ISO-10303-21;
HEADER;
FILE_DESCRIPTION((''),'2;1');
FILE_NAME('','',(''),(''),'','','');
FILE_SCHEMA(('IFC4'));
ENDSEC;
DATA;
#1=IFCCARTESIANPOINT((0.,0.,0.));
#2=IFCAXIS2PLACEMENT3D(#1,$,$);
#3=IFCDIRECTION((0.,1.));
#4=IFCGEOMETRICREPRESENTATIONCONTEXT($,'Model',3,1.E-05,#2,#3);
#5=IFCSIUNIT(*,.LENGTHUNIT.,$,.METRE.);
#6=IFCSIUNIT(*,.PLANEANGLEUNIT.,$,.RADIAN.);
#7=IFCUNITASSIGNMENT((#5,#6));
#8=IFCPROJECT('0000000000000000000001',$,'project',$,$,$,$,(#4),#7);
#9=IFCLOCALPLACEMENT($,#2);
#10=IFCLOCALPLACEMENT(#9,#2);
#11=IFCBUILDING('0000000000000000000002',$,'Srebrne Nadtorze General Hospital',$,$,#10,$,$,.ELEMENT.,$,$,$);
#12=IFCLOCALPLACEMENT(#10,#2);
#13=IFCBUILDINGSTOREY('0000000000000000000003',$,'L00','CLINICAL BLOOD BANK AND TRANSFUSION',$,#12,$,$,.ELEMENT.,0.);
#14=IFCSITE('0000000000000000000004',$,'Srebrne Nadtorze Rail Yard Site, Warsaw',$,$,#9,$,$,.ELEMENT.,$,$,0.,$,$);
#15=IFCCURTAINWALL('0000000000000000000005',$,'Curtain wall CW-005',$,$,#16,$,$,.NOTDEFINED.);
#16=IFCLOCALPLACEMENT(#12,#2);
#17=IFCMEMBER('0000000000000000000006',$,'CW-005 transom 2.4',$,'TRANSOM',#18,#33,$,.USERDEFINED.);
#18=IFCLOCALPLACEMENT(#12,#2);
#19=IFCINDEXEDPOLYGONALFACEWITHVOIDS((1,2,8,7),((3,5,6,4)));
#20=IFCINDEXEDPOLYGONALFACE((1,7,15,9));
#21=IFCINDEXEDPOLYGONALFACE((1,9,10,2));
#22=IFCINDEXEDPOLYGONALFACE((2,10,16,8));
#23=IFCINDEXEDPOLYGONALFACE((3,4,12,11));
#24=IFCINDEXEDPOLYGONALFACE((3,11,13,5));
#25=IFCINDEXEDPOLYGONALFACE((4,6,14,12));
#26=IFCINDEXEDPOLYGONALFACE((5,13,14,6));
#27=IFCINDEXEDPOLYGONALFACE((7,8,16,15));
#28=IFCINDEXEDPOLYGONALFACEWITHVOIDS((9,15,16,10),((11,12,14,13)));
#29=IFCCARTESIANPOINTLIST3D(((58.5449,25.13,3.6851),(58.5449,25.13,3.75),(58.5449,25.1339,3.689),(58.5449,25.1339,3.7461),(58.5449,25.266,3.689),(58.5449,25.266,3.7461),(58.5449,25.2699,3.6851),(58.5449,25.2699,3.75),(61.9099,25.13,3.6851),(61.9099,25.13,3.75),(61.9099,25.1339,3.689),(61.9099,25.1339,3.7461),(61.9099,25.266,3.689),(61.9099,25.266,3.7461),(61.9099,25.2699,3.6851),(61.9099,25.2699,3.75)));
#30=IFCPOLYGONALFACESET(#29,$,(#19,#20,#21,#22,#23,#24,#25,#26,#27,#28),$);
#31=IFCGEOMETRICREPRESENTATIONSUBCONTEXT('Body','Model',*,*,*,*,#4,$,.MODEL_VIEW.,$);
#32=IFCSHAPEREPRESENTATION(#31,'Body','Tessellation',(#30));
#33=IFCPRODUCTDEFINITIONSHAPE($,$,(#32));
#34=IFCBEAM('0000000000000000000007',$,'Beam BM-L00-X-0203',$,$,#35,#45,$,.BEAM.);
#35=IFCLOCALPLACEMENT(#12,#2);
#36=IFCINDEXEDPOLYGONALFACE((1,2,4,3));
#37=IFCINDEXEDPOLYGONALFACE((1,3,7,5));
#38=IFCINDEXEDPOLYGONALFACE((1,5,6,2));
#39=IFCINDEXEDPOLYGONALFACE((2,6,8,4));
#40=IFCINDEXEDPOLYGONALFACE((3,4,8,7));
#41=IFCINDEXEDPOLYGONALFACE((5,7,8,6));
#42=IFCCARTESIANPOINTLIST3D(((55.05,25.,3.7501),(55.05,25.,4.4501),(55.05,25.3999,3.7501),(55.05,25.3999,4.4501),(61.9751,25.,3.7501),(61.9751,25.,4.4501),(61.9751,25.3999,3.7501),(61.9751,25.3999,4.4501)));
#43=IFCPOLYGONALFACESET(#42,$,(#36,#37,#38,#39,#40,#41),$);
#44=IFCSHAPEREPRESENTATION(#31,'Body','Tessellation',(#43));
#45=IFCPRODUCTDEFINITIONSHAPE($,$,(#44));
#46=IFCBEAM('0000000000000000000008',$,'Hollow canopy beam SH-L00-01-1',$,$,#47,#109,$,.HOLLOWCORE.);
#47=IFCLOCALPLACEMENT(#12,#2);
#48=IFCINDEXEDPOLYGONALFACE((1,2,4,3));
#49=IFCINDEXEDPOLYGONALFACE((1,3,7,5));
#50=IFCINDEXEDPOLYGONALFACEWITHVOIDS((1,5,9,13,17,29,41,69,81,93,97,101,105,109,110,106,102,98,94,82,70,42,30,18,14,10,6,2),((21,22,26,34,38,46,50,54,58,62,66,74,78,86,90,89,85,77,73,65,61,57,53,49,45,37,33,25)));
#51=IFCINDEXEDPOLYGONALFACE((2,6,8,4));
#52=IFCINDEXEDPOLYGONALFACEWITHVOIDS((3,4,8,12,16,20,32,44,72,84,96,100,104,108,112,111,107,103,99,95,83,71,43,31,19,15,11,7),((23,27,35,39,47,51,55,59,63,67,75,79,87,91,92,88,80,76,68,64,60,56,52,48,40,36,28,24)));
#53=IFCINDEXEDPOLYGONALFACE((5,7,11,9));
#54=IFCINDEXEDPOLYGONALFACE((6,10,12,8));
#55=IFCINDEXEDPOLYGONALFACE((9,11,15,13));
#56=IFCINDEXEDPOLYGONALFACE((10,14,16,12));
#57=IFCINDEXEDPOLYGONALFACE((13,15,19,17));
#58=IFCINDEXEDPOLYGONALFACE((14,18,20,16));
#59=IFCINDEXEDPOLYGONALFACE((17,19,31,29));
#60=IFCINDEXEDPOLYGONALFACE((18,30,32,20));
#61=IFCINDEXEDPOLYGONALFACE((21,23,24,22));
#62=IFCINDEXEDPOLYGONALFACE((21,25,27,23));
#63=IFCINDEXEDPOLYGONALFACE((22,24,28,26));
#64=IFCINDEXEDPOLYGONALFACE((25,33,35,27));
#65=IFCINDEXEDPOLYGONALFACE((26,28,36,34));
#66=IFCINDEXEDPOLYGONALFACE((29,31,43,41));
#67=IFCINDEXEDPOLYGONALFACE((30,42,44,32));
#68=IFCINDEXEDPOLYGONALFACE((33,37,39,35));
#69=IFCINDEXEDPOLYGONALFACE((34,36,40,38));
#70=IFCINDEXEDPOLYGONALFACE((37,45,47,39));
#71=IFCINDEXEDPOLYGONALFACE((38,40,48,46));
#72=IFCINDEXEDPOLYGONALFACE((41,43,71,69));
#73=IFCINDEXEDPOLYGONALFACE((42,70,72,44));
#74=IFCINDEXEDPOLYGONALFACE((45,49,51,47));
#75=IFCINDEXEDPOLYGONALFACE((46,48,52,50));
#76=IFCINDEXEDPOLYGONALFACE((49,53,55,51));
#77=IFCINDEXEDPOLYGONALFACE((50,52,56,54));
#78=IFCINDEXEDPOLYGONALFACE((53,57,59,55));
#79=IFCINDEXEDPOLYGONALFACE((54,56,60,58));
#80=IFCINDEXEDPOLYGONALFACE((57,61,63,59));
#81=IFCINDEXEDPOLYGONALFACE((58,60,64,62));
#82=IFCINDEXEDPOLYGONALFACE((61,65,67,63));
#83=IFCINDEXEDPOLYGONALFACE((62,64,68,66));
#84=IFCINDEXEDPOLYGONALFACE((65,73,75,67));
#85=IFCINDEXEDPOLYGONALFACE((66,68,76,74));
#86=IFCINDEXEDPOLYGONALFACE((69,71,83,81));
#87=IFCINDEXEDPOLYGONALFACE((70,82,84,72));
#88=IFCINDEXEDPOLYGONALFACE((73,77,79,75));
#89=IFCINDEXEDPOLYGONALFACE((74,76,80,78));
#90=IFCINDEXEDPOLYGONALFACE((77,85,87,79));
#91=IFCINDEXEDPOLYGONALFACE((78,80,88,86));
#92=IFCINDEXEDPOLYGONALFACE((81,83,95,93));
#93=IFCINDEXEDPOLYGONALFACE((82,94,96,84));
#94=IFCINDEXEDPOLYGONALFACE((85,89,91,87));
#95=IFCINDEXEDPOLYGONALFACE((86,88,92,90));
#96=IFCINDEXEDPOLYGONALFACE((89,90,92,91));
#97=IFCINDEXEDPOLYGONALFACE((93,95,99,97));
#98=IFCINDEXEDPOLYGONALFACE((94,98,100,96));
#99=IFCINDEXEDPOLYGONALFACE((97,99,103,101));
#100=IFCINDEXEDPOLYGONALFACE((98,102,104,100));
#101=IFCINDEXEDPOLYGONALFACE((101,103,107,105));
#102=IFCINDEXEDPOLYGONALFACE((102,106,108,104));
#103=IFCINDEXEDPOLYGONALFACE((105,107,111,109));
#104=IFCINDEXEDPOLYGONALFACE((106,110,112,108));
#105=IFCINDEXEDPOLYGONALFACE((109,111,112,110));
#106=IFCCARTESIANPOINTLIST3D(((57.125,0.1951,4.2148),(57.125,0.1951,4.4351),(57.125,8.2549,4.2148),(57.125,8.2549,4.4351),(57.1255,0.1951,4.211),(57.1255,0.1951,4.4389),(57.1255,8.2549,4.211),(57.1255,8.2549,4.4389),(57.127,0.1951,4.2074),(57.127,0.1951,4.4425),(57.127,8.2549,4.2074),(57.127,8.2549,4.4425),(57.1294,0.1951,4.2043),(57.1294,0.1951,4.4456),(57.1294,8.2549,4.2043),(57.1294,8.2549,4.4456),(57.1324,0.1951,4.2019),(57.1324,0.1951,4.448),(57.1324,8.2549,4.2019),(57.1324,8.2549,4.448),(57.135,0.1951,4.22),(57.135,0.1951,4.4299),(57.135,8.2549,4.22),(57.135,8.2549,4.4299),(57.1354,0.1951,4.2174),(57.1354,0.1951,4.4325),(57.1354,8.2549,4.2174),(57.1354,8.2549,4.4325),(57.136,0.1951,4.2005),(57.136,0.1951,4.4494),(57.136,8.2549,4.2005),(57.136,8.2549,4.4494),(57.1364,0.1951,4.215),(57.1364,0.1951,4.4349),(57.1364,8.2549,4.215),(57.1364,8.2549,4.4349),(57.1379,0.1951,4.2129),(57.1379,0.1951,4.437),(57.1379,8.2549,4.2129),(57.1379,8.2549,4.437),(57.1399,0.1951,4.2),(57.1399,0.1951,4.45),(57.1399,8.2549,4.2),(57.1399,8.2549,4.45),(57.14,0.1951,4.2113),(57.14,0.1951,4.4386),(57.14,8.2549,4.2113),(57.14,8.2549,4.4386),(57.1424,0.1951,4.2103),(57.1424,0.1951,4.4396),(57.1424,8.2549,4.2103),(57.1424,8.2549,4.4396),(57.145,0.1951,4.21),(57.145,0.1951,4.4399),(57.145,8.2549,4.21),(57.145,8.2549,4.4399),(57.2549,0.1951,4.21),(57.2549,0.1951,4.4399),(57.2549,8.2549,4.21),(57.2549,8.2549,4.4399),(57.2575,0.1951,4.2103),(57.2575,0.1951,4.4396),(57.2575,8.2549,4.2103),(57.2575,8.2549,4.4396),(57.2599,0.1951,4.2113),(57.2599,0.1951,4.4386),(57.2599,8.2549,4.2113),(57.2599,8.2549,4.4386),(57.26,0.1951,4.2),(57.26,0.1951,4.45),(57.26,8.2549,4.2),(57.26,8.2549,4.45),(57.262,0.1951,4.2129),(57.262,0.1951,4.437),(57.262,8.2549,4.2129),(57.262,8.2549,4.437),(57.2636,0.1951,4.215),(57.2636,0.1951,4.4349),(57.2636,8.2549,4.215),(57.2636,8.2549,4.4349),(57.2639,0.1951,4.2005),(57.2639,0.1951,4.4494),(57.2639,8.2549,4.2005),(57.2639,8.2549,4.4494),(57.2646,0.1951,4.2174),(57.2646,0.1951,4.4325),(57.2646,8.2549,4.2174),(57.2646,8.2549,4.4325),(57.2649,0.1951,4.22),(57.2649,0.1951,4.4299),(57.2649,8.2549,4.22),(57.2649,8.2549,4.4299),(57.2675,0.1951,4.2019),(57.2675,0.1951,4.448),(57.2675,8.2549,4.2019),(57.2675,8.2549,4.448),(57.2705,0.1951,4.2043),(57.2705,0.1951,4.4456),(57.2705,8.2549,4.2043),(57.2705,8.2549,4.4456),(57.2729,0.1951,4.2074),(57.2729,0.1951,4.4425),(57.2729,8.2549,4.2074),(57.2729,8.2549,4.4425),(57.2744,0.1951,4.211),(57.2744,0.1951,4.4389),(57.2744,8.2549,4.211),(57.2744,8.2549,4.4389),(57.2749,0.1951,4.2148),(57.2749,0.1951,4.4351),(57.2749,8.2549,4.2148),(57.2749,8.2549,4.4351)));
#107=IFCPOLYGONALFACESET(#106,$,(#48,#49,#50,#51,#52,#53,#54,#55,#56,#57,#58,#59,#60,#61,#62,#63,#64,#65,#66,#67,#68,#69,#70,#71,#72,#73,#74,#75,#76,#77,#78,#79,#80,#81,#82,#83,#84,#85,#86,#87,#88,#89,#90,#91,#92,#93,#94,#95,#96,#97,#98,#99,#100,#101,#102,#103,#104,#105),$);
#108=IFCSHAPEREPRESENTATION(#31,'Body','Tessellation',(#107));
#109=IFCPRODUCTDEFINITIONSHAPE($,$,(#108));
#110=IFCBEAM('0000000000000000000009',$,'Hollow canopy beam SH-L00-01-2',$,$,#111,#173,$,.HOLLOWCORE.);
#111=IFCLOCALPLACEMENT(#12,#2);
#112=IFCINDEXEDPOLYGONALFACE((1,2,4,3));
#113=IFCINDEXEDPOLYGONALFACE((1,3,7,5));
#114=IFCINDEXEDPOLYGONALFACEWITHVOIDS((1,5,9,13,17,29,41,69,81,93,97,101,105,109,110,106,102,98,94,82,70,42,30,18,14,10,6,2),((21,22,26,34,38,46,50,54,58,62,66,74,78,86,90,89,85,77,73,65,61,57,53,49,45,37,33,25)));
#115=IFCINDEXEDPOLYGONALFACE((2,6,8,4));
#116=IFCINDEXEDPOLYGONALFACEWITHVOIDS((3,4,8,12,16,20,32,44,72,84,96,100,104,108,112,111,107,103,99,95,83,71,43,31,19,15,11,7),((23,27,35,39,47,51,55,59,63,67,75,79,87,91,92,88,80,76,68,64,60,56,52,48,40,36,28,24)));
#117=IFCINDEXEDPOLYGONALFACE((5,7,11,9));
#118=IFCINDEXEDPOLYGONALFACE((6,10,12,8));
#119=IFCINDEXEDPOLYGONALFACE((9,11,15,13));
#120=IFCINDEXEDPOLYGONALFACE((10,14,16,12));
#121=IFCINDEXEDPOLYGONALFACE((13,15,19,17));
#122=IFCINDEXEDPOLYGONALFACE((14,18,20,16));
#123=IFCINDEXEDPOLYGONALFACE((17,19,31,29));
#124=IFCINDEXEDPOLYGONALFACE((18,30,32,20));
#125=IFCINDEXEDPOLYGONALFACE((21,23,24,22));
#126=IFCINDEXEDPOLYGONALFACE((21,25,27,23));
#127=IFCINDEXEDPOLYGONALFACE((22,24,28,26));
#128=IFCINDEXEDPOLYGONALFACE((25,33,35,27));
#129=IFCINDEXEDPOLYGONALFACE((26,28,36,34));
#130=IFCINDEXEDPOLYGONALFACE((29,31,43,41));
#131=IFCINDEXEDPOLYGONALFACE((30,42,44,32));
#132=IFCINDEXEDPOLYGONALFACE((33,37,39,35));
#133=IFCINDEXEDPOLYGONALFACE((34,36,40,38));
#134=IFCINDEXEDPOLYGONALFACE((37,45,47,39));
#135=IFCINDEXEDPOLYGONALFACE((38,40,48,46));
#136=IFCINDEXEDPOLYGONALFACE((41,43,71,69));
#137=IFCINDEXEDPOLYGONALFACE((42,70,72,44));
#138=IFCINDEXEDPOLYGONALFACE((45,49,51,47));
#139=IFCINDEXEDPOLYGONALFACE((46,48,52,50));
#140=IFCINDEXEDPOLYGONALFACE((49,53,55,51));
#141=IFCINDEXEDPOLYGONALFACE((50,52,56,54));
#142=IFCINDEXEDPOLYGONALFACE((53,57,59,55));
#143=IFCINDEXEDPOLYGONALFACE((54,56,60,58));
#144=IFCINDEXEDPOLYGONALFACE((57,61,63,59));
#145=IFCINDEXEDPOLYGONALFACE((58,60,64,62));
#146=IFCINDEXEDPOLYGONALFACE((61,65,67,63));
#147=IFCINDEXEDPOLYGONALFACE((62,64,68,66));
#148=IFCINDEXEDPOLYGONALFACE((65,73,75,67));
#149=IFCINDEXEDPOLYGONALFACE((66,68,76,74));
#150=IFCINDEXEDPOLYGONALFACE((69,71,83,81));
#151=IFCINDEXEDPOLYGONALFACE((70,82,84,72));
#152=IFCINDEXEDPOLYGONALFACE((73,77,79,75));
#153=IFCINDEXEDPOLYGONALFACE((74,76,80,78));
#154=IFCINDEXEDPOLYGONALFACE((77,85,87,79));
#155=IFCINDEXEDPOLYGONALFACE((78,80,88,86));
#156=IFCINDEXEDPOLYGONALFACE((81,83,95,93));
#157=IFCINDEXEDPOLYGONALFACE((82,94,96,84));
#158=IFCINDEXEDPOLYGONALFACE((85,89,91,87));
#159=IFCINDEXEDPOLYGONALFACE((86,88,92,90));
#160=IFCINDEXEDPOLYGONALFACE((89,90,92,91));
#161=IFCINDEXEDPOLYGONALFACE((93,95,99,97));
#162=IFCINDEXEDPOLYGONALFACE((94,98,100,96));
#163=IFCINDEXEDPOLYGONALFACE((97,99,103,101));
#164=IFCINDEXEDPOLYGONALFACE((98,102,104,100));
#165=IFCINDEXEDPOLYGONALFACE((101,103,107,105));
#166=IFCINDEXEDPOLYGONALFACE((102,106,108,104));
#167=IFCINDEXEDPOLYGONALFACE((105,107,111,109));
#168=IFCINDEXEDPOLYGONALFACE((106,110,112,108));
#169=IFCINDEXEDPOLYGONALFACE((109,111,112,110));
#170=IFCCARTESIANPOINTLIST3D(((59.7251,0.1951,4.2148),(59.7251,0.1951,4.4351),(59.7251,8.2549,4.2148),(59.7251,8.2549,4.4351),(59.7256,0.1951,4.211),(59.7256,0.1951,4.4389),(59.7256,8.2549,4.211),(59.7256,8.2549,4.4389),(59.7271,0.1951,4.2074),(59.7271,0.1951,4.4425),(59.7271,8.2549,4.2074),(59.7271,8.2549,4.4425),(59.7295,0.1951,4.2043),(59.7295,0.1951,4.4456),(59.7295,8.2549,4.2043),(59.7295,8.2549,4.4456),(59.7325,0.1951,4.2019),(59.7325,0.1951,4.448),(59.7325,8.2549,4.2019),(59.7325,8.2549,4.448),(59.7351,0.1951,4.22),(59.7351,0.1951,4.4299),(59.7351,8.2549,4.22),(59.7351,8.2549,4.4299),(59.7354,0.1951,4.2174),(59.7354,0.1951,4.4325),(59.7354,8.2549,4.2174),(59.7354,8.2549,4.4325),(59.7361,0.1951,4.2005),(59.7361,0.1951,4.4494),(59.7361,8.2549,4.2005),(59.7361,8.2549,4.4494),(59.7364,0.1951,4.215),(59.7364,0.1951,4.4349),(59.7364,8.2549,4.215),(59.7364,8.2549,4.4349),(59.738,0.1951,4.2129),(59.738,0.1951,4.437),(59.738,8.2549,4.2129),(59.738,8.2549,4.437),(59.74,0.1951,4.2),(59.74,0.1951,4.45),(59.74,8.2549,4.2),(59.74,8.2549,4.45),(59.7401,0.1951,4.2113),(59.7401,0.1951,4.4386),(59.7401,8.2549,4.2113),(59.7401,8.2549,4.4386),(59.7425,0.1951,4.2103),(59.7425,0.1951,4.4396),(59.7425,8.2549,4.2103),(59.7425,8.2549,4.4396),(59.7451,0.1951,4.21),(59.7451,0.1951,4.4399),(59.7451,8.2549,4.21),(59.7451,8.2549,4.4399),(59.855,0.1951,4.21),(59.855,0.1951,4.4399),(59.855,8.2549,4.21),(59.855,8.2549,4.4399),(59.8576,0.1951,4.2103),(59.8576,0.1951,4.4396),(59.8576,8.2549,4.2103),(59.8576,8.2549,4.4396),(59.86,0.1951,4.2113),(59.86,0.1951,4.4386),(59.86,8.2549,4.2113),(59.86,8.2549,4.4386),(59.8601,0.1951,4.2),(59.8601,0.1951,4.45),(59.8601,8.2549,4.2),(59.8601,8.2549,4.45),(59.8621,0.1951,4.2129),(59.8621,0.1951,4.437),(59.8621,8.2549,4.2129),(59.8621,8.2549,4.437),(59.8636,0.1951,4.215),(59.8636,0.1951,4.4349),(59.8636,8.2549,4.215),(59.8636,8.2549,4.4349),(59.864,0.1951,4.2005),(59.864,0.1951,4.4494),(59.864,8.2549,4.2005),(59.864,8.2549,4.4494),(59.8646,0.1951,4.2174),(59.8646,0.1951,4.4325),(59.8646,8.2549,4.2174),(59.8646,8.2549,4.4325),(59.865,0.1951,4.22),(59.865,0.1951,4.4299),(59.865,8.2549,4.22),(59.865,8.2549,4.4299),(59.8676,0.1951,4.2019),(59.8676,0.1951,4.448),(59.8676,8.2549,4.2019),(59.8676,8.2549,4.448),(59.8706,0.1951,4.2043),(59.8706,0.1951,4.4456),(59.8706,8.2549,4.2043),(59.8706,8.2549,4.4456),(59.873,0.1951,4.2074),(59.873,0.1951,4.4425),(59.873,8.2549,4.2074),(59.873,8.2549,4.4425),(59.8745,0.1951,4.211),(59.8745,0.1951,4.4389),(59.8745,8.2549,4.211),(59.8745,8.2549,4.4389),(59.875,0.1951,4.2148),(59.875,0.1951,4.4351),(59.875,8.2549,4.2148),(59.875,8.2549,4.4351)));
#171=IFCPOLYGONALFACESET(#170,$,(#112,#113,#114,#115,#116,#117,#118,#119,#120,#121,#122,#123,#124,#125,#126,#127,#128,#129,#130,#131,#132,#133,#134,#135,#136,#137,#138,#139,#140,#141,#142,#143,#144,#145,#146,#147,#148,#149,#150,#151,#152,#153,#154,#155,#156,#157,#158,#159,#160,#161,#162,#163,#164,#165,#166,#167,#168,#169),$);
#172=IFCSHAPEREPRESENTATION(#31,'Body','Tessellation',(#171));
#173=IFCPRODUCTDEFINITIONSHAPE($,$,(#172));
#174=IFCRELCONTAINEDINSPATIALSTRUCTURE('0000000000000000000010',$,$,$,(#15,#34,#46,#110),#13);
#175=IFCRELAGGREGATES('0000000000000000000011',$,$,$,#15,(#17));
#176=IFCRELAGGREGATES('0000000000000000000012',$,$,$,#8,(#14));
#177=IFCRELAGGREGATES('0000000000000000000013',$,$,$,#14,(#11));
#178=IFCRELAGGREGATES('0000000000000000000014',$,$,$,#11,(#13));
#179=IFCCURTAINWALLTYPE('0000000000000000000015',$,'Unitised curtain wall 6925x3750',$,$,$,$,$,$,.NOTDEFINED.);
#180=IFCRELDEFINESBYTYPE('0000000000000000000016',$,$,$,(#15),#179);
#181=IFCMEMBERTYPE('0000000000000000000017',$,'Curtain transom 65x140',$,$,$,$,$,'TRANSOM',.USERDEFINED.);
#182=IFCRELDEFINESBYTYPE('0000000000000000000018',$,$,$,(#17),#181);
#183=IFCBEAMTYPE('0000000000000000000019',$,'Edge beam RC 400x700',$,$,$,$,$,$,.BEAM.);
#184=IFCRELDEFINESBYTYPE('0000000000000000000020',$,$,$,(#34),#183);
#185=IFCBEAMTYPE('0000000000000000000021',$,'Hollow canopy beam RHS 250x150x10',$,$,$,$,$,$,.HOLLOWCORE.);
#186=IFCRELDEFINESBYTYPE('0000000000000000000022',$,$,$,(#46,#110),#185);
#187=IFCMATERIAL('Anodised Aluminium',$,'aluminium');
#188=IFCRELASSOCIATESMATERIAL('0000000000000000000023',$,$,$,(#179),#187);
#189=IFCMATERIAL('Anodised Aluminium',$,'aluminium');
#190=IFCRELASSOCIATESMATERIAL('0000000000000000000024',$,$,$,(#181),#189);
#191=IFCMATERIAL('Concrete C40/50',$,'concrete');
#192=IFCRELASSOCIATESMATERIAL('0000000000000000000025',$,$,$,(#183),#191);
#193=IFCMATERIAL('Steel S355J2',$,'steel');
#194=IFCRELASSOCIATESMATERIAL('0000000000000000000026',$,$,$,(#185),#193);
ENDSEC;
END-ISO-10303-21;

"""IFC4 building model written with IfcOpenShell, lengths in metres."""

from ifc_helpers import new_model, si_unit, direction, frame, origin, origin_2d, place, context, subcontext, project, spatial, rectangle, hollow_rectangle, extrude, material, material_profile, profile_set, type_object, element, aggregate, save


model = new_model("IFC4")

# Units and contexts
model_context = context("Model", 3, precision=1e-05, world=origin(), true_north=direction((0.0, 1.0)))
body_context = subcontext(model_context, "Body", "Model", "MODEL_VIEW")
ifc_project = project(units=[si_unit("LENGTHUNIT", "METRE"), si_unit("PLANEANGLEUNIT", "RADIAN")], contexts=[model_context])

# Site, building, storey
site_placement = place(None, origin())
site = spatial("IfcSite", under=ifc_project, at=site_placement, Name="Srebrne Nadtorze Rail Yard Site, Warsaw", CompositionType="ELEMENT", RefElevation=0.0)
building_placement = place(site_placement, origin())
building = spatial("IfcBuilding", under=site, at=building_placement, Name="Srebrne Nadtorze General Hospital", CompositionType="ELEMENT")
storey_placement = place(building_placement, origin())
storey = spatial("IfcBuildingStorey", under=building, at=storey_placement, Name="L00", Description="CLINICAL BLOOD BANK AND TRANSFUSION", CompositionType="ELEMENT", Elevation=0.0)

# Curtain wall, member
ifc_material_1 = material(Name="Anodised Aluminium", Category="aluminium")
curtain_wall_type_1 = type_object("IfcCurtainWallType", Name="Unitised curtain wall 6925x3750", PredefinedType="NOTDEFINED", material=ifc_material_1)
curtain_wall_1_placement = place(storey_placement, origin())
curtain_wall_1 = element("IfcCurtainWall", 1, at=curtain_wall_1_placement, inside=storey, type_object=curtain_wall_type_1, Name="Curtain wall CW-005", PredefinedType="NOTDEFINED")
ifc_material_2 = material(Name="Anodised Aluminium", Category="aluminium")
ifc_material_profile_1 = material_profile(ifc_material_2, hollow_rectangle(XDim=0.0649, YDim=0.1399, WallThickness=0.0039, at=origin_2d()), Name="AL-TRN-65x140")
ifc_profile_set_1 = profile_set([ifc_material_profile_1], Name="Anodised Aluminium")
member_type_1 = type_object("IfcMemberType", Name="Curtain transom 65x140", ElementType="TRANSOM", PredefinedType="USERDEFINED", material=ifc_profile_set_1)
member_1_placement = place(storey_placement, frame((58.5449, 25.2, 3.7175), z_axis=(1.0, 0.0, 0.0), x_axis=(0.0, 0.0, 1.0)))
member_1 = element("IfcMember", 2, at=member_1_placement, type_object=member_type_1, Name="CW-005 transom 2.4", ObjectType="TRANSOM", PredefinedType="USERDEFINED", context=body_context, shape_type="SweptSolid", body=[
    extrude(hollow_rectangle(XDim=0.0649, YDim=0.1399, WallThickness=0.0039, at=origin_2d()), origin(), (0.0, 0.0, 1.0), 3.365),
])

# Beams
ifc_material_3 = material(Name="Concrete C40/50", Category="concrete")
ifc_material_profile_2 = material_profile(ifc_material_3, rectangle(XDim=0.3999, YDim=0.7, at=origin_2d()), Name="RC-BM-400x700")
ifc_profile_set_2 = profile_set([ifc_material_profile_2], Name="Concrete C40/50")
beam_type_1 = type_object("IfcBeamType", Name="Edge beam RC 400x700", PredefinedType="BEAM", material=ifc_profile_set_2)
beam_1_placement = place(storey_placement, frame((55.05, 25.2, 4.1001), z_axis=(1.0, 0.0, 0.0), x_axis=(0.0, 1.0, 0.0)))
element("IfcBeam", 3, at=beam_1_placement, inside=storey, type_object=beam_type_1, Name="Beam BM-L00-X-0203", PredefinedType="BEAM", context=body_context, shape_type="SweptSolid", body=[
    extrude(rectangle(XDim=0.3999, YDim=0.7, at=origin_2d()), origin(), (0.0, 0.0, 1.0), 6.925),
])
ifc_material_4 = material(Name="Steel S355J2", Category="steel")
ifc_material_profile_3 = material_profile(ifc_material_4, hollow_rectangle(XDim=0.1499, YDim=0.25, WallThickness=0.01, InnerFilletRadius=0.01, OuterFilletRadius=0.0149, at=origin_2d()), Name="RHS-250x150x10")
ifc_profile_set_3 = profile_set([ifc_material_profile_3], Name="Steel S355J2")
beam_type_2 = type_object("IfcBeamType", Name="Hollow canopy beam RHS 250x150x10", PredefinedType="HOLLOWCORE", material=ifc_profile_set_3)
for number, where, z_axis, x_axis, name in (
    (4, (57.2, 0.1951, 4.325), (0.0, 1.0, 0.0), (-1.0, 0.0, 0.0), "Hollow canopy beam SH-L00-01-1"),
    (5, (59.8, 0.1951, 4.325), (0.0, 1.0, 0.0), (-1.0, 0.0, 0.0), "Hollow canopy beam SH-L00-01-2"),
):
    element("IfcBeam", number, at=place(storey_placement, frame(where, z_axis=z_axis, x_axis=x_axis)), inside=storey, type_object=beam_type_2, Name=name, PredefinedType="HOLLOWCORE", context=body_context, shape_type="SweptSolid", body=[
        extrude(hollow_rectangle(XDim=0.1499, YDim=0.25, WallThickness=0.01, InnerFilletRadius=0.01, OuterFilletRadius=0.0149, at=origin_2d()), origin(), (0.0, 0.0, 1.0), 8.0598),
    ])

aggregate(curtain_wall_1, [member_1])

save(model, "model.ifc")
